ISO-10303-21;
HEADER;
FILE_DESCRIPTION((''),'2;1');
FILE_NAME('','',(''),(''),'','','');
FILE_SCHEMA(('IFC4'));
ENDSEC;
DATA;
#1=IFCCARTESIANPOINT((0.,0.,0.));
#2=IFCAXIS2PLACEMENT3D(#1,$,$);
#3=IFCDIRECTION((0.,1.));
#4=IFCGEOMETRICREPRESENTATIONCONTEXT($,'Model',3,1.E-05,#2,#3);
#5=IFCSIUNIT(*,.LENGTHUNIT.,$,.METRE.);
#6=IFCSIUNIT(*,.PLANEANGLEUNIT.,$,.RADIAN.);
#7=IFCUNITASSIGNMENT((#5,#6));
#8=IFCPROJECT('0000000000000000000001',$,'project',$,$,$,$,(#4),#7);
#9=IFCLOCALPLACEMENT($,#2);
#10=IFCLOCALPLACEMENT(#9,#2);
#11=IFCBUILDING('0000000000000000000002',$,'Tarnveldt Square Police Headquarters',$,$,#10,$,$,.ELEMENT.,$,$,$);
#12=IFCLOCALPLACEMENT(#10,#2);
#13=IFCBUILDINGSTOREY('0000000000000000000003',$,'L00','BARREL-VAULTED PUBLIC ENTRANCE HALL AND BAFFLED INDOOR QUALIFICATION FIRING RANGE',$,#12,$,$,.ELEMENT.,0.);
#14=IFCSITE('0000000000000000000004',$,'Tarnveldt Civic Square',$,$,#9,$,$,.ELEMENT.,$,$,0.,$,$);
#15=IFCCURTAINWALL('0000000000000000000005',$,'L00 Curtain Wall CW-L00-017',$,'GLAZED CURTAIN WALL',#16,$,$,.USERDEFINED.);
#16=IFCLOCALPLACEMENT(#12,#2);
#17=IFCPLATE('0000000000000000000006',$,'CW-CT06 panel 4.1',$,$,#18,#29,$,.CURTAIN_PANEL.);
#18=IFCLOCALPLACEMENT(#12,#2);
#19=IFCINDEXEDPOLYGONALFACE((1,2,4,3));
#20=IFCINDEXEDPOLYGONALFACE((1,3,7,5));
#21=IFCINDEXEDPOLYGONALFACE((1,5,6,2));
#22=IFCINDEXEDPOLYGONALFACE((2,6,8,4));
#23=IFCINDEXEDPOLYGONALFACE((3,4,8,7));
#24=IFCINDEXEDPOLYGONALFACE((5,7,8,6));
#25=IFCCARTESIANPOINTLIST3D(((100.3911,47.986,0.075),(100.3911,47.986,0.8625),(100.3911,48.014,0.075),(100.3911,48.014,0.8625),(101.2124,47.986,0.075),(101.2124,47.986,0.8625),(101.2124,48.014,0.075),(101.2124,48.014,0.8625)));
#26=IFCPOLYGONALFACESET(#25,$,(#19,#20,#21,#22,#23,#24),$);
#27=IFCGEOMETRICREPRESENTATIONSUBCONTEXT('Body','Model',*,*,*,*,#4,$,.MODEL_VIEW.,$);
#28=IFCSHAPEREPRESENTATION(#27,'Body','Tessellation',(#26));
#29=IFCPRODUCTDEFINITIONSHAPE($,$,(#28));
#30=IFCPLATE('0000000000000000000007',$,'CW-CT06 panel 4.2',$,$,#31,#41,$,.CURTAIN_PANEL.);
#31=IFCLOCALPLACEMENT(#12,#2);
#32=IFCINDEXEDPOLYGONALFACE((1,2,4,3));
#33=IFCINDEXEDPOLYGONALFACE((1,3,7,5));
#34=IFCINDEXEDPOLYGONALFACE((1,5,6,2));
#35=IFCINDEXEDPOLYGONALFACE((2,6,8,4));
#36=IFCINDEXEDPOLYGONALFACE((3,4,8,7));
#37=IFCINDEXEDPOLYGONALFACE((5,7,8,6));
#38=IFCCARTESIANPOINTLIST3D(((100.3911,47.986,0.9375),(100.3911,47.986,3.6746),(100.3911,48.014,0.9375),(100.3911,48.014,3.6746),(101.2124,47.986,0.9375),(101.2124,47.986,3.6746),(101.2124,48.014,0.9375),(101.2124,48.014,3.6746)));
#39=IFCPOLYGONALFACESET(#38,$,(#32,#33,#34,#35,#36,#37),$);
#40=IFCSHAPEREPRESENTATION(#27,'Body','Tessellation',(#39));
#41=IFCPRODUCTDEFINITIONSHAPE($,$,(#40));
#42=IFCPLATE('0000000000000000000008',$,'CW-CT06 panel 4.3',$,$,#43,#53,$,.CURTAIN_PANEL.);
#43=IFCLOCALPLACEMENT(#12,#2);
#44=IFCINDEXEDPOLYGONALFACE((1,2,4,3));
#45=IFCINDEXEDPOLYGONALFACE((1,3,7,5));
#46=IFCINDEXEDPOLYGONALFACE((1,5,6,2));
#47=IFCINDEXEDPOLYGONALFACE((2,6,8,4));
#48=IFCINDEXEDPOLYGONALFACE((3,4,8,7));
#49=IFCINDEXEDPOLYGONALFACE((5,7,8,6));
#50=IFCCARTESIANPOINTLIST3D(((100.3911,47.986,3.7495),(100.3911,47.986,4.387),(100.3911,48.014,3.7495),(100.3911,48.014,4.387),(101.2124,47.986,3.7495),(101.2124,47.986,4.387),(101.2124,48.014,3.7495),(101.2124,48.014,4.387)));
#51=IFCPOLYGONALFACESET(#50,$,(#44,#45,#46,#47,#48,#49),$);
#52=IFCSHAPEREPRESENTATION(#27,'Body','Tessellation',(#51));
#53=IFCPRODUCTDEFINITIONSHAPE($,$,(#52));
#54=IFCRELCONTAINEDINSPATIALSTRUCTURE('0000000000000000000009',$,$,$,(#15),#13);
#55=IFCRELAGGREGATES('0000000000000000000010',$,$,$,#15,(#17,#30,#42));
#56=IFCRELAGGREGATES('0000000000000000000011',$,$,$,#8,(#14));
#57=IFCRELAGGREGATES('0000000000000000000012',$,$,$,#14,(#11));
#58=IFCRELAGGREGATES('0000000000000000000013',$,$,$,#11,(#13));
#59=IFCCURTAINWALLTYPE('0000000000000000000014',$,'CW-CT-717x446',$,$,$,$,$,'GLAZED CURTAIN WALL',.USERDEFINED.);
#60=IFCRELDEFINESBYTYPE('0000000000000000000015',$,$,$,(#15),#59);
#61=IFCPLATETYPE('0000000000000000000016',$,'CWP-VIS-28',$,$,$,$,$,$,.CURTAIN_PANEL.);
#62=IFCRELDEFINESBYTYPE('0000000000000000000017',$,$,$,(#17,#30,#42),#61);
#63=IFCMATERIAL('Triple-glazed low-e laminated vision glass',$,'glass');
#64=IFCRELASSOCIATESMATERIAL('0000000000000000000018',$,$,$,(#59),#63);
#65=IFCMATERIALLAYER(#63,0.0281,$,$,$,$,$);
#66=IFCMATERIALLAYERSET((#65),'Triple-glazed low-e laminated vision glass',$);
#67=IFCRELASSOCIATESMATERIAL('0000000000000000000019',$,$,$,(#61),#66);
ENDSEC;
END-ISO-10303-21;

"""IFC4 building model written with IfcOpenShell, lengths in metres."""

from ifc_helpers import new_model, si_unit, direction, frame, origin, origin_2d, place, context, subcontext, project, spatial, rectangle, extrude, material, layer, layer_set, type_object, element, aggregate, save


model = new_model("IFC4")

# Units and contexts
model_context = context("Model", 3, precision=1e-05, world=origin(), true_north=direction((0.0, 1.0)))
body_context = subcontext(model_context, "Body", "Model", "MODEL_VIEW")
ifc_project = project(units=[si_unit("LENGTHUNIT", "METRE"), si_unit("PLANEANGLEUNIT", "RADIAN")], contexts=[model_context])

# Site, building, storey
site_placement = place(None, origin())
site = spatial("IfcSite", under=ifc_project, at=site_placement, Name="Tarnveldt Civic Square", CompositionType="ELEMENT", RefElevation=0.0)
building_placement = place(site_placement, origin())
building = spatial("IfcBuilding", under=site, at=building_placement, Name="Tarnveldt Square Police Headquarters", CompositionType="ELEMENT")
storey_placement = place(building_placement, origin())
storey = spatial("IfcBuildingStorey", under=building, at=storey_placement, Name="L00", Description="BARREL-VAULTED PUBLIC ENTRANCE HALL AND BAFFLED INDOOR QUALIFICATION FIRING RANGE", CompositionType="ELEMENT", Elevation=0.0)

# Curtain wall, plates
ifc_material_1 = material(Name="Triple-glazed low-e laminated vision glass", Category="glass")
curtain_wall_type = type_object("IfcCurtainWallType", Name="CW-CT-717x446", ElementType="GLAZED CURTAIN WALL", PredefinedType="USERDEFINED", material=ifc_material_1)
curtain_wall_placement = place(storey_placement, origin())
curtain_wall = element("IfcCurtainWall", 1, at=curtain_wall_placement, inside=storey, type_object=curtain_wall_type, Name="L00 Curtain Wall CW-L00-017", ObjectType="GLAZED CURTAIN WALL", PredefinedType="USERDEFINED")
ifc_layer = layer(ifc_material_1, 0.0281)
ifc_layer_set = layer_set([ifc_layer], Name="Triple-glazed low-e laminated vision glass")
plate_type = type_object("IfcPlateType", Name="CWP-VIS-28", PredefinedType="CURTAIN_PANEL", material=ifc_layer_set)
plate_1_placement = place(storey_placement, frame((100.8018, 48.0, 0.075), z_axis=(0.0, 0.0, 1.0), x_axis=(1.0, 0.0, 0.0)))
plate_1 = element("IfcPlate", 2, at=plate_1_placement, type_object=plate_type, Name="CW-CT06 panel 4.1", PredefinedType="CURTAIN_PANEL", context=body_context, shape_type="SweptSolid", body=[
    extrude(rectangle(XDim=0.8213, YDim=0.0281, at=origin_2d()), origin(), (0.0, 0.0, 1.0), 0.7876),
])
plate_2_placement = place(storey_placement, frame((100.8018, 48.0, 0.9375), z_axis=(0.0, 0.0, 1.0), x_axis=(1.0, 0.0, 0.0)))
plate_2 = element("IfcPlate", 3, at=plate_2_placement, type_object=plate_type, Name="CW-CT06 panel 4.2", PredefinedType="CURTAIN_PANEL", context=body_context, shape_type="SweptSolid", body=[
    extrude(rectangle(XDim=0.8213, YDim=0.0281, at=origin_2d()), origin(), (0.0, 0.0, 1.0), 2.7371),
])
plate_3_placement = place(storey_placement, frame((100.8018, 48.0, 3.7495), z_axis=(0.0, 0.0, 1.0), x_axis=(1.0, 0.0, 0.0)))
plate_3 = element("IfcPlate", 4, at=plate_3_placement, type_object=plate_type, Name="CW-CT06 panel 4.3", PredefinedType="CURTAIN_PANEL", context=body_context, shape_type="SweptSolid", body=[
    extrude(rectangle(XDim=0.8213, YDim=0.0281, at=origin_2d()), origin(), (0.0, 0.0, 1.0), 0.6375),
])
aggregate(curtain_wall, [plate_1, plate_2, plate_3])

save(model, "model.ifc")
